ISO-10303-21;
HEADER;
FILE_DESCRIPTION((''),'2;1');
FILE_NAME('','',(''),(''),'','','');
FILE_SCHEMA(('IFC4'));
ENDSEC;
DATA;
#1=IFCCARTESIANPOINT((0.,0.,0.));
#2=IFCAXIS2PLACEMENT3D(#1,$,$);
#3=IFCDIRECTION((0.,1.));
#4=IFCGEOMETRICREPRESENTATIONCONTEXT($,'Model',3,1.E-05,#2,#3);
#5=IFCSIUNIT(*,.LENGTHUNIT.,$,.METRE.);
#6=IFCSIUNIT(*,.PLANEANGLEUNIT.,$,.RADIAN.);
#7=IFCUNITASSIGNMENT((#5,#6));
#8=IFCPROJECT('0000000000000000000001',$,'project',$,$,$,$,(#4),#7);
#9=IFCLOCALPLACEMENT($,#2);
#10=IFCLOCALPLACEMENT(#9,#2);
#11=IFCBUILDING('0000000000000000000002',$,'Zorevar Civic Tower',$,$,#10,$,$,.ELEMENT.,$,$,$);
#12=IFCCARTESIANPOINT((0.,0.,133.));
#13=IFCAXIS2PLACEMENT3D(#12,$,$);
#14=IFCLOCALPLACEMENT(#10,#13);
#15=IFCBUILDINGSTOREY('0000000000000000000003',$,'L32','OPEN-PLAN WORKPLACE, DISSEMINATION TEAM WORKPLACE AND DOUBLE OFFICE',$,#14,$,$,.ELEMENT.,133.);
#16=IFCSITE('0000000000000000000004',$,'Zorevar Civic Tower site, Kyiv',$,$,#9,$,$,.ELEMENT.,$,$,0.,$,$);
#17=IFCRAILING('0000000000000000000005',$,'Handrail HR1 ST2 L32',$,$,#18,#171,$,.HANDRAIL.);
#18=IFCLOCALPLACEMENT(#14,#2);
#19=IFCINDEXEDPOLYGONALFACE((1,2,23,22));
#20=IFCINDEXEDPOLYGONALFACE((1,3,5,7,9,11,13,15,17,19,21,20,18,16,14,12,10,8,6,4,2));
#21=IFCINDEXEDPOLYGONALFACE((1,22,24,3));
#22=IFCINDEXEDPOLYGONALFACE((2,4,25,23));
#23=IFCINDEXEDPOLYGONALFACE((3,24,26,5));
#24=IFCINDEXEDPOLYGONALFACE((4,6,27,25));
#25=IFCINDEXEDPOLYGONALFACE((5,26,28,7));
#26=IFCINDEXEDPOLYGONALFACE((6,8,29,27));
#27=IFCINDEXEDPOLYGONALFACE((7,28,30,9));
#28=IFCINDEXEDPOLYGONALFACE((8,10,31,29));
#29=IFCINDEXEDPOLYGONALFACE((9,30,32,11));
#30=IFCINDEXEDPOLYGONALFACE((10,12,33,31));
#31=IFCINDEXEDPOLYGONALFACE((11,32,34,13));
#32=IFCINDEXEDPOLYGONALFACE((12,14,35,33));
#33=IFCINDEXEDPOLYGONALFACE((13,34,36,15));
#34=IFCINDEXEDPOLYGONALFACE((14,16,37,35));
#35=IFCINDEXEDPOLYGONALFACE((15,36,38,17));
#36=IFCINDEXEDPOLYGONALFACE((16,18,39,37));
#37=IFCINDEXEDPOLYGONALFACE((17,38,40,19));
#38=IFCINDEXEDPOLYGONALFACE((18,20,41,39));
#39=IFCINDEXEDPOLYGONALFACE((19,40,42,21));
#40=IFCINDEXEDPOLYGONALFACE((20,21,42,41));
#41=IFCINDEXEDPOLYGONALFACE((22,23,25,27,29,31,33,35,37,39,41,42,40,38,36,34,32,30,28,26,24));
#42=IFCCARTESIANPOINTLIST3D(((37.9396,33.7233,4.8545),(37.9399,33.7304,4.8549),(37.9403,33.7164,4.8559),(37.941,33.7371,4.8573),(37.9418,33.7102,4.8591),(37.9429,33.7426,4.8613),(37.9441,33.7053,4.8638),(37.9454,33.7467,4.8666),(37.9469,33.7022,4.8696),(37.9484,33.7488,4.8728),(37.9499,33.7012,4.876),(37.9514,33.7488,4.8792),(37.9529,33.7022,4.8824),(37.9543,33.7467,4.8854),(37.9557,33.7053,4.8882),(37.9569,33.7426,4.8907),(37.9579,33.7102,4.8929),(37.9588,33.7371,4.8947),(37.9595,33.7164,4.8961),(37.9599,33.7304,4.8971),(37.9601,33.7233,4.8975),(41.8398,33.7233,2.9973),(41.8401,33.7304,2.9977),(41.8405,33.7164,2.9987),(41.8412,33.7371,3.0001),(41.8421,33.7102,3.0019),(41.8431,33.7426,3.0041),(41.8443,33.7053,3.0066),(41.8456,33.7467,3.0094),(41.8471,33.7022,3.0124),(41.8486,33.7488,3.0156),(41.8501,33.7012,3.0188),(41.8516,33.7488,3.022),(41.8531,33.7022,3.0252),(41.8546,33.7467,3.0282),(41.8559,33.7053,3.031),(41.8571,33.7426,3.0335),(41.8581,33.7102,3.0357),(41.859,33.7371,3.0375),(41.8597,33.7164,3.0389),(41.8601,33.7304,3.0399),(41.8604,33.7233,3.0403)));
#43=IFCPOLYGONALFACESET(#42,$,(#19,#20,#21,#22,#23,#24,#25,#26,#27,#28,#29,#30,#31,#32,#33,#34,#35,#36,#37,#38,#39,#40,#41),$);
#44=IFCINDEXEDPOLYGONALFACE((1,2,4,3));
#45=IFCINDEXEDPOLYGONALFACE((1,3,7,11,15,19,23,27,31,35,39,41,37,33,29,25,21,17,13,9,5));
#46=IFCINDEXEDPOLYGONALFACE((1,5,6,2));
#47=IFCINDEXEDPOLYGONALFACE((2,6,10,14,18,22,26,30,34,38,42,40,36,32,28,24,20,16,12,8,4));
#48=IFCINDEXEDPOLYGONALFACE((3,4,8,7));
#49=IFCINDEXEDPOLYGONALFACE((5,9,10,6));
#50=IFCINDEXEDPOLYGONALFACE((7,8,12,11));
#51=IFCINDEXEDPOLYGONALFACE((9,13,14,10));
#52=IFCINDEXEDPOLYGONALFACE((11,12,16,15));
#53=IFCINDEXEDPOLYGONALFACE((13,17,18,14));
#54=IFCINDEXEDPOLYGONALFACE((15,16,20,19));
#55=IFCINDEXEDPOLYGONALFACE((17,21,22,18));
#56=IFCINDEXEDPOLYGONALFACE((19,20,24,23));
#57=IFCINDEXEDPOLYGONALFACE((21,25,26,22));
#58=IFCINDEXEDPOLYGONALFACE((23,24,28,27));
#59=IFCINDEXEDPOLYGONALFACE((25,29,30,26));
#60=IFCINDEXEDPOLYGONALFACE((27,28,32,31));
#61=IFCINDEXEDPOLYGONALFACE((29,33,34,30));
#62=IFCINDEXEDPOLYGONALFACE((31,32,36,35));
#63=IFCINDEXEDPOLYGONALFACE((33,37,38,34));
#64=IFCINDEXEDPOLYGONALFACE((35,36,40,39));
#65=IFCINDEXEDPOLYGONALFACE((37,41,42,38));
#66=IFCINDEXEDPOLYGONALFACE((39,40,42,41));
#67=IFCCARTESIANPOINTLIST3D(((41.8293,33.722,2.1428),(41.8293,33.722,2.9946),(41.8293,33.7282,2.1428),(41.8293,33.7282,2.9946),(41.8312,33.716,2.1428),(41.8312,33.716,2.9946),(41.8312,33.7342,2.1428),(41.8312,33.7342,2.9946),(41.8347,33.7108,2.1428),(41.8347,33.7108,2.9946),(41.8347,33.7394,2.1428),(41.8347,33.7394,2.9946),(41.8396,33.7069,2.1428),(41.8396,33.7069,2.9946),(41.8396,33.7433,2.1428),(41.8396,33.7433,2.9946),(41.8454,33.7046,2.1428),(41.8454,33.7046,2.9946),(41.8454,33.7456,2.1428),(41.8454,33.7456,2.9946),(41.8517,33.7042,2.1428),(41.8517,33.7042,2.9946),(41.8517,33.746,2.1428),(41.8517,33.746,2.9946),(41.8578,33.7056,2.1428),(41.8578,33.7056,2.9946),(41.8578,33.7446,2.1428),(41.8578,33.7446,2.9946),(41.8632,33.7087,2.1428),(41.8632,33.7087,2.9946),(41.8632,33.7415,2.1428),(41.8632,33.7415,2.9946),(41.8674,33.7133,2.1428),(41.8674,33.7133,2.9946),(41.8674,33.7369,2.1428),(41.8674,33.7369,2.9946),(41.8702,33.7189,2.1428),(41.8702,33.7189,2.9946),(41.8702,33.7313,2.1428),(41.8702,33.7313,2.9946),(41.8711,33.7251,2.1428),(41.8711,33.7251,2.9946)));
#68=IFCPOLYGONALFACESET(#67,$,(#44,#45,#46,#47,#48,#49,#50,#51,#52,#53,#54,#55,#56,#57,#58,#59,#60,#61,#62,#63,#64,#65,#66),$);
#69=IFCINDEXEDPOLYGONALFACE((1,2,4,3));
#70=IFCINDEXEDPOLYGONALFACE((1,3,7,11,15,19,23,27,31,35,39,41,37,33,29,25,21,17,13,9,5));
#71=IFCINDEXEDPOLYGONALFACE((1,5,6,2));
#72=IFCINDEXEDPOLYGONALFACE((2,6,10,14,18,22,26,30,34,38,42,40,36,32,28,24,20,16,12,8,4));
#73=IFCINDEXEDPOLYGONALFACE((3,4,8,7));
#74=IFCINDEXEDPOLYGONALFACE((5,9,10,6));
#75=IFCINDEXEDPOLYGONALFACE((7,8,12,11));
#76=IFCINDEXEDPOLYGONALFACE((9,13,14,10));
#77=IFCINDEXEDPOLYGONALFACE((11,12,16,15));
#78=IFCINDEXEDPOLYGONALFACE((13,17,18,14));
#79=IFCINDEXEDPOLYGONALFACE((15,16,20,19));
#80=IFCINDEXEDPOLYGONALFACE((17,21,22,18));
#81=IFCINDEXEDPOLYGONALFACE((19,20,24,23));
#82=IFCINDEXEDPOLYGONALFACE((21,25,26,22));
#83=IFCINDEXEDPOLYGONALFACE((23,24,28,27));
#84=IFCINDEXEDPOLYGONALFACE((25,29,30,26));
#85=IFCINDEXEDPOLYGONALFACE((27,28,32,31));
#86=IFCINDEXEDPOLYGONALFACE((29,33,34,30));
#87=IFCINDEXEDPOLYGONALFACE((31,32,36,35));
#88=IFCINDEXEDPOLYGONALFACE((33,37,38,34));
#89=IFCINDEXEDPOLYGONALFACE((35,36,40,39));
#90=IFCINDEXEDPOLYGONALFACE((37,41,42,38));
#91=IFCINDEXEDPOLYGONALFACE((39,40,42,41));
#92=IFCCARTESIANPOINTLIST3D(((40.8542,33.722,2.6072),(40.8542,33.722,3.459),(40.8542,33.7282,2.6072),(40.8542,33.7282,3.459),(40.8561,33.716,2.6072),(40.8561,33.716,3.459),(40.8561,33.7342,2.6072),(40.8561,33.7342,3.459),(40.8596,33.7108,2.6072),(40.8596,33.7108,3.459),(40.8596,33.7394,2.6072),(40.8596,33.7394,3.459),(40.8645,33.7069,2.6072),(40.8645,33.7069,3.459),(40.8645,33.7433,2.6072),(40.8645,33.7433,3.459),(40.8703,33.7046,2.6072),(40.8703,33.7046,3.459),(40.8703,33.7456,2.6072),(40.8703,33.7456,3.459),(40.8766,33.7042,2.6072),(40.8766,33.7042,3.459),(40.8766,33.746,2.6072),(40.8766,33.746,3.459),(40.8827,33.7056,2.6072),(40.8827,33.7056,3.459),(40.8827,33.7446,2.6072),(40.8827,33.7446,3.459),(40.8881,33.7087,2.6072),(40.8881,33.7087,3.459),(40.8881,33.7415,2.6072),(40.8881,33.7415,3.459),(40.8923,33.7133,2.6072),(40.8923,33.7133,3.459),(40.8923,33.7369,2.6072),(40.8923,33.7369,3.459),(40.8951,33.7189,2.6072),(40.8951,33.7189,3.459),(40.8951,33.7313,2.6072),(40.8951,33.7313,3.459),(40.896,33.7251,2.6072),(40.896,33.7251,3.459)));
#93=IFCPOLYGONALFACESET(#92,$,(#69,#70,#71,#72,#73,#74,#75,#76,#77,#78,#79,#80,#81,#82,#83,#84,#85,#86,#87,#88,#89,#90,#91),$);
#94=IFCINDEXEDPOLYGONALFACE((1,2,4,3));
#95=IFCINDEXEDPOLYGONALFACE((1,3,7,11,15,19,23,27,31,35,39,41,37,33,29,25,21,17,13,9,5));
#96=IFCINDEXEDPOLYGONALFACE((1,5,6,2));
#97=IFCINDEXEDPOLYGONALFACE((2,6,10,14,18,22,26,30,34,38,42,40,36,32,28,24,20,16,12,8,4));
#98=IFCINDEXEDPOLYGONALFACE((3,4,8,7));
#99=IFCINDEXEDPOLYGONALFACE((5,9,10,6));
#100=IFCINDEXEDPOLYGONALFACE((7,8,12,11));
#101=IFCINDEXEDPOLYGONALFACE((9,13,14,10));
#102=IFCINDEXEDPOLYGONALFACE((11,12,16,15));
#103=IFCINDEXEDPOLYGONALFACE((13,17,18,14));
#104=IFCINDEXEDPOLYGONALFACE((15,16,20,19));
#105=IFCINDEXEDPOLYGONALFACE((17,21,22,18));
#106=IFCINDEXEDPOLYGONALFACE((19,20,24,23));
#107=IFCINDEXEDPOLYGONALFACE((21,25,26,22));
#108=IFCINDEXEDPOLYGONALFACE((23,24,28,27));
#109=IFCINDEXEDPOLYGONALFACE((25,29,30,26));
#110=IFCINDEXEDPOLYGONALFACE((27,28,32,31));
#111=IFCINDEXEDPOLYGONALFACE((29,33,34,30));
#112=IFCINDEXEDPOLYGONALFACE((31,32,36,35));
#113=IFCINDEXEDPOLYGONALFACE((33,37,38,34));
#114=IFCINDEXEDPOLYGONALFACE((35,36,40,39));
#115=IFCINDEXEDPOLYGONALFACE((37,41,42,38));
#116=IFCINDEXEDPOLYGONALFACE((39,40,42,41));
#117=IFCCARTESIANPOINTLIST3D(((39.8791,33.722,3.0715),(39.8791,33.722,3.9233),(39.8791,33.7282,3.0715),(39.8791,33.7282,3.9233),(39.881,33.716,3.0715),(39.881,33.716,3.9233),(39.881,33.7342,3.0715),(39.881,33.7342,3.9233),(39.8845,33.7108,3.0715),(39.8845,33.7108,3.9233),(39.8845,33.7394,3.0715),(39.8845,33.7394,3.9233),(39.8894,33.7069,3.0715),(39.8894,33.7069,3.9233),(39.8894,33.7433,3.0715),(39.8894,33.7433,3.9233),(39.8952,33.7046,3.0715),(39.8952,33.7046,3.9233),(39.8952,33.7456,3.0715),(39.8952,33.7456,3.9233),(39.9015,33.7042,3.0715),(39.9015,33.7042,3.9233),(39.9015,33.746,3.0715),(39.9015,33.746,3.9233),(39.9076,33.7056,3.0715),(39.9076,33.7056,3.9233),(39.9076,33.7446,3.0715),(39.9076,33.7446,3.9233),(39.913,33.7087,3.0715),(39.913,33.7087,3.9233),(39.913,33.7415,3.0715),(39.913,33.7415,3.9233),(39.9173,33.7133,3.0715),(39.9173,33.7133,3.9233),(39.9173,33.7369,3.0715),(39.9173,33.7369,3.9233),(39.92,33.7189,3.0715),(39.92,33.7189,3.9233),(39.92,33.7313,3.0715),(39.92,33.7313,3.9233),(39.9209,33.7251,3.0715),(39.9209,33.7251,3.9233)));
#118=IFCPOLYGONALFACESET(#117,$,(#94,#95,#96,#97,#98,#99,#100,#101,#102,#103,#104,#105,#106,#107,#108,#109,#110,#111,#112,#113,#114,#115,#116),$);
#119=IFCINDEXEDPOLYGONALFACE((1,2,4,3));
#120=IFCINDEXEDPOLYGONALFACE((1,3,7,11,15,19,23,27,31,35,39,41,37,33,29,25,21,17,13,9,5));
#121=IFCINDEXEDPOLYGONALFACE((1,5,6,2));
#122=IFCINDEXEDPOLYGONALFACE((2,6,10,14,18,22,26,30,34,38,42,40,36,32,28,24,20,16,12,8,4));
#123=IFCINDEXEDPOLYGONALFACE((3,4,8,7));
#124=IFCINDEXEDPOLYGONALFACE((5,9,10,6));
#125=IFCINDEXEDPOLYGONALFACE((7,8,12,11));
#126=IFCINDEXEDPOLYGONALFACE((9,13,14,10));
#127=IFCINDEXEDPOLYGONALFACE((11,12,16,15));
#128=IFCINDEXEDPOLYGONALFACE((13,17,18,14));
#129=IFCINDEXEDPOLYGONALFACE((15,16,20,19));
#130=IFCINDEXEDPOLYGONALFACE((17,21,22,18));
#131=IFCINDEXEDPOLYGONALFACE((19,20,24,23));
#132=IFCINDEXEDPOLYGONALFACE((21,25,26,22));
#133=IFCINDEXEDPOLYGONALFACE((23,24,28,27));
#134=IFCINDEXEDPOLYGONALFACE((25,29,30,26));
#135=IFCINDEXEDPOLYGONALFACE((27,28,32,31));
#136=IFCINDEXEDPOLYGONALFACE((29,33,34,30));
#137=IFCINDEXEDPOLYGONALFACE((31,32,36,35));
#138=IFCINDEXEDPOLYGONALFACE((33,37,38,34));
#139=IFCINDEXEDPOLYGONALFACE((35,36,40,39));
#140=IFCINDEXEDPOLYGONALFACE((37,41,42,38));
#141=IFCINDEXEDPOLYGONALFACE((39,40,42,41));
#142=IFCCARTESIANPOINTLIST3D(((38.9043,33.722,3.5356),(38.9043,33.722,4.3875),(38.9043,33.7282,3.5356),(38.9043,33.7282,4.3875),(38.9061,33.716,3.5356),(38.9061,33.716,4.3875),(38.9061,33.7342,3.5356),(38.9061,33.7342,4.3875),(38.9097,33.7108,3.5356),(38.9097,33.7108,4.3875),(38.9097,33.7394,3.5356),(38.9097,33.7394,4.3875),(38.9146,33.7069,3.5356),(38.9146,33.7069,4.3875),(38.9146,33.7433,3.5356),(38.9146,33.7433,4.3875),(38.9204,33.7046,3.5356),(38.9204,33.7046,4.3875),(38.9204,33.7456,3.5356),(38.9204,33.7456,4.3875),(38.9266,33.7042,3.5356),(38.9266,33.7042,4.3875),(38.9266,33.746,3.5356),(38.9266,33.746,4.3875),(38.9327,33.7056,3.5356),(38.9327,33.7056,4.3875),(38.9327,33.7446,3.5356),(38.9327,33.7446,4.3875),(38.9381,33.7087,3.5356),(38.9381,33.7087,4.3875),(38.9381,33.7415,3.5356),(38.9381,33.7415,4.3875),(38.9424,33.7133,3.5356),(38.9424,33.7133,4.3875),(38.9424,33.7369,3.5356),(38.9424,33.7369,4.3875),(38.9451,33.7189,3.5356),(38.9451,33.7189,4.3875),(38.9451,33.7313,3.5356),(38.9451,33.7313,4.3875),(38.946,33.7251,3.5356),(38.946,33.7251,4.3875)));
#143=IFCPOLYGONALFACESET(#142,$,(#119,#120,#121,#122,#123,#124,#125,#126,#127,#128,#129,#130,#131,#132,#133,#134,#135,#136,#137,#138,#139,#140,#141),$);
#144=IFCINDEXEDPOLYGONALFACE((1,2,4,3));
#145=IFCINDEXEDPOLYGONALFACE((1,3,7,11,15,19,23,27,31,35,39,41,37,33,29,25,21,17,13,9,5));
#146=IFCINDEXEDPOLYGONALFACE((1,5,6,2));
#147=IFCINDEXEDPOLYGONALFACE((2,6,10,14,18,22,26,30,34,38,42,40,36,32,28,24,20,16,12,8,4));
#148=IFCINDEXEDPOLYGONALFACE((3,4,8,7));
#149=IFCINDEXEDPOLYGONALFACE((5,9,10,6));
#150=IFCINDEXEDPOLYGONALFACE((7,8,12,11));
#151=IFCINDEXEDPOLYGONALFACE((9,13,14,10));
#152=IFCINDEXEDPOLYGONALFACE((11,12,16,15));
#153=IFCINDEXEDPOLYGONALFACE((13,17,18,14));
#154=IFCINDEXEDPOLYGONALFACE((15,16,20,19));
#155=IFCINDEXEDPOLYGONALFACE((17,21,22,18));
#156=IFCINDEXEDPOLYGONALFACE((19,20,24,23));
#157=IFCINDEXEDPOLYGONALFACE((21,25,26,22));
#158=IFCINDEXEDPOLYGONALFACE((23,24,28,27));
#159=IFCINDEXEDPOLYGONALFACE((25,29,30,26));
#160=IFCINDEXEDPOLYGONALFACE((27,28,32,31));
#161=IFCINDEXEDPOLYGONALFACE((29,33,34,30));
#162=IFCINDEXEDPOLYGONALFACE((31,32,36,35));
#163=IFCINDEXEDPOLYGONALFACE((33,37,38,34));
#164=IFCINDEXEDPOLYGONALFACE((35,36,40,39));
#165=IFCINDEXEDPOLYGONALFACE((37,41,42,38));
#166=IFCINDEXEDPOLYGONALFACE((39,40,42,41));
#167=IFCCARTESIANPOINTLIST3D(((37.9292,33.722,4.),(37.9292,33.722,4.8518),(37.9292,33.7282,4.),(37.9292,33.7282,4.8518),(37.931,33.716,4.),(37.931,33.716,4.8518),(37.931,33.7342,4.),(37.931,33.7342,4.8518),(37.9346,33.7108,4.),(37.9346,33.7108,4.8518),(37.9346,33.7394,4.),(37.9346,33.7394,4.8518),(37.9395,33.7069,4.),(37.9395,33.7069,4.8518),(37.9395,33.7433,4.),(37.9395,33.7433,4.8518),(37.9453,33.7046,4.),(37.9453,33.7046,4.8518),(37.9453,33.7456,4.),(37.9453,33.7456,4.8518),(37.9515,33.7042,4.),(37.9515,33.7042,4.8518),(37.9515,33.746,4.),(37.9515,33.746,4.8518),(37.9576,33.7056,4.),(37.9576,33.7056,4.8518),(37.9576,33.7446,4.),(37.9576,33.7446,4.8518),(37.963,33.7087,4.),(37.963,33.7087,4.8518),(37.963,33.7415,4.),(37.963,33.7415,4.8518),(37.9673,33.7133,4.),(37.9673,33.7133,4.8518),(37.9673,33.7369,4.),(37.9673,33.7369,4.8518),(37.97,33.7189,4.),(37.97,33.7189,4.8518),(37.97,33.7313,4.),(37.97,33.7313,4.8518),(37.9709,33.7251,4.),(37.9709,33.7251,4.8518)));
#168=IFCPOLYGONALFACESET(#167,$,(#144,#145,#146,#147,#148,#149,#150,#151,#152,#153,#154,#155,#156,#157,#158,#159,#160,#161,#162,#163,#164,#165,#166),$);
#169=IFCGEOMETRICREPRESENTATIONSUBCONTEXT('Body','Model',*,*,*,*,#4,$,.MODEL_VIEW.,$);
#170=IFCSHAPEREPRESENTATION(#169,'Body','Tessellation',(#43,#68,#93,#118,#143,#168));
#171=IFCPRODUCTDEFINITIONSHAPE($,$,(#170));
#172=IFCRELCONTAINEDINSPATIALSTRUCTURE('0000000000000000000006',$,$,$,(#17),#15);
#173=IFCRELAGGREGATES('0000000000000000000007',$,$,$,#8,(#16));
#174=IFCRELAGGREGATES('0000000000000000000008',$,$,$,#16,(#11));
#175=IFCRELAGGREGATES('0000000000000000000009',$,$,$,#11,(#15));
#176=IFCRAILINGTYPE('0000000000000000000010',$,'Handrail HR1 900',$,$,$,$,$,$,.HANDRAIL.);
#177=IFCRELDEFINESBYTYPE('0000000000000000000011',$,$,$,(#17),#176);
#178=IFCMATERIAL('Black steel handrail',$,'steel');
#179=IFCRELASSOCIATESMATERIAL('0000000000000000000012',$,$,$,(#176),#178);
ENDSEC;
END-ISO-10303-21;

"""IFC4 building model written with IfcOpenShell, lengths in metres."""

from ifc_helpers import new_model, si_unit, direction, frame, origin, origin_2d, place, context, subcontext, project, spatial, circle, extrude, material, type_object, element, save


model = new_model("IFC4")

# Units and contexts
model_context = context("Model", 3, precision=1e-05, world=origin(), true_north=direction((0.0, 1.0)))
body_context = subcontext(model_context, "Body", "Model", "MODEL_VIEW")
ifc_project = project(units=[si_unit("LENGTHUNIT", "METRE"), si_unit("PLANEANGLEUNIT", "RADIAN")], contexts=[model_context])

# Site, building, storey
site_placement = place(None, origin())
site = spatial("IfcSite", under=ifc_project, at=site_placement, Name="Zorevar Civic Tower site, Kyiv", CompositionType="ELEMENT", RefElevation=0.0)
building_placement = place(site_placement, origin())
building = spatial("IfcBuilding", under=site, at=building_placement, Name="Zorevar Civic Tower", CompositionType="ELEMENT")
storey_placement = place(building_placement, frame((0.0, 0.0, 133.0)))
storey = spatial("IfcBuildingStorey", under=building, at=storey_placement, Name="L32", Description="OPEN-PLAN WORKPLACE, DISSEMINATION TEAM WORKPLACE AND DOUBLE OFFICE", CompositionType="ELEMENT", Elevation=133.0)

# Railing
ifc_material_1 = material(Name="Black steel handrail", Category="steel")
railing_type = type_object("IfcRailingType", Name="Handrail HR1 900", PredefinedType="HANDRAIL", material=ifc_material_1)
railing_1_placement = place(storey_placement, frame((41.8501, 33.7251, 2.1428)))
element("IfcRailing", 1, at=railing_1_placement, inside=storey, type_object=railing_type, Name="Handrail HR1 ST2 L32", PredefinedType="HANDRAIL", context=body_context, shape_type="SweptSolid", body=[
    extrude(circle(Radius=0.0239, at=origin_2d()), frame((0.0, 0.0, 0.876), z_axis=(-0.902864, 0.0, 0.429927), x_axis=(0.0, -1.0, 0.0)), (0.0, 0.0, 1.0), 4.3198),
    extrude(circle(Radius=0.021, at=origin_2d()), origin(), (0.0, 0.0, 1.0), 0.8518),
    extrude(circle(Radius=0.021, at=origin_2d()), frame((-0.9751, 0.0, 0.4644)), (0.0, 0.0, 1.0), 0.8518),
    extrude(circle(Radius=0.021, at=origin_2d()), frame((-1.9502, 0.0, 0.9287)), (0.0, 0.0, 1.0), 0.8518),
    extrude(circle(Radius=0.021, at=origin_2d()), frame((-2.925, 0.0, 1.3928)), (0.0, 0.0, 1.0), 0.8518),
    extrude(circle(Radius=0.021, at=origin_2d()), frame((-3.9001, 0.0, 1.8572)), (0.0, 0.0, 1.0), 0.8518),
])

save(model, "model.ifc")
